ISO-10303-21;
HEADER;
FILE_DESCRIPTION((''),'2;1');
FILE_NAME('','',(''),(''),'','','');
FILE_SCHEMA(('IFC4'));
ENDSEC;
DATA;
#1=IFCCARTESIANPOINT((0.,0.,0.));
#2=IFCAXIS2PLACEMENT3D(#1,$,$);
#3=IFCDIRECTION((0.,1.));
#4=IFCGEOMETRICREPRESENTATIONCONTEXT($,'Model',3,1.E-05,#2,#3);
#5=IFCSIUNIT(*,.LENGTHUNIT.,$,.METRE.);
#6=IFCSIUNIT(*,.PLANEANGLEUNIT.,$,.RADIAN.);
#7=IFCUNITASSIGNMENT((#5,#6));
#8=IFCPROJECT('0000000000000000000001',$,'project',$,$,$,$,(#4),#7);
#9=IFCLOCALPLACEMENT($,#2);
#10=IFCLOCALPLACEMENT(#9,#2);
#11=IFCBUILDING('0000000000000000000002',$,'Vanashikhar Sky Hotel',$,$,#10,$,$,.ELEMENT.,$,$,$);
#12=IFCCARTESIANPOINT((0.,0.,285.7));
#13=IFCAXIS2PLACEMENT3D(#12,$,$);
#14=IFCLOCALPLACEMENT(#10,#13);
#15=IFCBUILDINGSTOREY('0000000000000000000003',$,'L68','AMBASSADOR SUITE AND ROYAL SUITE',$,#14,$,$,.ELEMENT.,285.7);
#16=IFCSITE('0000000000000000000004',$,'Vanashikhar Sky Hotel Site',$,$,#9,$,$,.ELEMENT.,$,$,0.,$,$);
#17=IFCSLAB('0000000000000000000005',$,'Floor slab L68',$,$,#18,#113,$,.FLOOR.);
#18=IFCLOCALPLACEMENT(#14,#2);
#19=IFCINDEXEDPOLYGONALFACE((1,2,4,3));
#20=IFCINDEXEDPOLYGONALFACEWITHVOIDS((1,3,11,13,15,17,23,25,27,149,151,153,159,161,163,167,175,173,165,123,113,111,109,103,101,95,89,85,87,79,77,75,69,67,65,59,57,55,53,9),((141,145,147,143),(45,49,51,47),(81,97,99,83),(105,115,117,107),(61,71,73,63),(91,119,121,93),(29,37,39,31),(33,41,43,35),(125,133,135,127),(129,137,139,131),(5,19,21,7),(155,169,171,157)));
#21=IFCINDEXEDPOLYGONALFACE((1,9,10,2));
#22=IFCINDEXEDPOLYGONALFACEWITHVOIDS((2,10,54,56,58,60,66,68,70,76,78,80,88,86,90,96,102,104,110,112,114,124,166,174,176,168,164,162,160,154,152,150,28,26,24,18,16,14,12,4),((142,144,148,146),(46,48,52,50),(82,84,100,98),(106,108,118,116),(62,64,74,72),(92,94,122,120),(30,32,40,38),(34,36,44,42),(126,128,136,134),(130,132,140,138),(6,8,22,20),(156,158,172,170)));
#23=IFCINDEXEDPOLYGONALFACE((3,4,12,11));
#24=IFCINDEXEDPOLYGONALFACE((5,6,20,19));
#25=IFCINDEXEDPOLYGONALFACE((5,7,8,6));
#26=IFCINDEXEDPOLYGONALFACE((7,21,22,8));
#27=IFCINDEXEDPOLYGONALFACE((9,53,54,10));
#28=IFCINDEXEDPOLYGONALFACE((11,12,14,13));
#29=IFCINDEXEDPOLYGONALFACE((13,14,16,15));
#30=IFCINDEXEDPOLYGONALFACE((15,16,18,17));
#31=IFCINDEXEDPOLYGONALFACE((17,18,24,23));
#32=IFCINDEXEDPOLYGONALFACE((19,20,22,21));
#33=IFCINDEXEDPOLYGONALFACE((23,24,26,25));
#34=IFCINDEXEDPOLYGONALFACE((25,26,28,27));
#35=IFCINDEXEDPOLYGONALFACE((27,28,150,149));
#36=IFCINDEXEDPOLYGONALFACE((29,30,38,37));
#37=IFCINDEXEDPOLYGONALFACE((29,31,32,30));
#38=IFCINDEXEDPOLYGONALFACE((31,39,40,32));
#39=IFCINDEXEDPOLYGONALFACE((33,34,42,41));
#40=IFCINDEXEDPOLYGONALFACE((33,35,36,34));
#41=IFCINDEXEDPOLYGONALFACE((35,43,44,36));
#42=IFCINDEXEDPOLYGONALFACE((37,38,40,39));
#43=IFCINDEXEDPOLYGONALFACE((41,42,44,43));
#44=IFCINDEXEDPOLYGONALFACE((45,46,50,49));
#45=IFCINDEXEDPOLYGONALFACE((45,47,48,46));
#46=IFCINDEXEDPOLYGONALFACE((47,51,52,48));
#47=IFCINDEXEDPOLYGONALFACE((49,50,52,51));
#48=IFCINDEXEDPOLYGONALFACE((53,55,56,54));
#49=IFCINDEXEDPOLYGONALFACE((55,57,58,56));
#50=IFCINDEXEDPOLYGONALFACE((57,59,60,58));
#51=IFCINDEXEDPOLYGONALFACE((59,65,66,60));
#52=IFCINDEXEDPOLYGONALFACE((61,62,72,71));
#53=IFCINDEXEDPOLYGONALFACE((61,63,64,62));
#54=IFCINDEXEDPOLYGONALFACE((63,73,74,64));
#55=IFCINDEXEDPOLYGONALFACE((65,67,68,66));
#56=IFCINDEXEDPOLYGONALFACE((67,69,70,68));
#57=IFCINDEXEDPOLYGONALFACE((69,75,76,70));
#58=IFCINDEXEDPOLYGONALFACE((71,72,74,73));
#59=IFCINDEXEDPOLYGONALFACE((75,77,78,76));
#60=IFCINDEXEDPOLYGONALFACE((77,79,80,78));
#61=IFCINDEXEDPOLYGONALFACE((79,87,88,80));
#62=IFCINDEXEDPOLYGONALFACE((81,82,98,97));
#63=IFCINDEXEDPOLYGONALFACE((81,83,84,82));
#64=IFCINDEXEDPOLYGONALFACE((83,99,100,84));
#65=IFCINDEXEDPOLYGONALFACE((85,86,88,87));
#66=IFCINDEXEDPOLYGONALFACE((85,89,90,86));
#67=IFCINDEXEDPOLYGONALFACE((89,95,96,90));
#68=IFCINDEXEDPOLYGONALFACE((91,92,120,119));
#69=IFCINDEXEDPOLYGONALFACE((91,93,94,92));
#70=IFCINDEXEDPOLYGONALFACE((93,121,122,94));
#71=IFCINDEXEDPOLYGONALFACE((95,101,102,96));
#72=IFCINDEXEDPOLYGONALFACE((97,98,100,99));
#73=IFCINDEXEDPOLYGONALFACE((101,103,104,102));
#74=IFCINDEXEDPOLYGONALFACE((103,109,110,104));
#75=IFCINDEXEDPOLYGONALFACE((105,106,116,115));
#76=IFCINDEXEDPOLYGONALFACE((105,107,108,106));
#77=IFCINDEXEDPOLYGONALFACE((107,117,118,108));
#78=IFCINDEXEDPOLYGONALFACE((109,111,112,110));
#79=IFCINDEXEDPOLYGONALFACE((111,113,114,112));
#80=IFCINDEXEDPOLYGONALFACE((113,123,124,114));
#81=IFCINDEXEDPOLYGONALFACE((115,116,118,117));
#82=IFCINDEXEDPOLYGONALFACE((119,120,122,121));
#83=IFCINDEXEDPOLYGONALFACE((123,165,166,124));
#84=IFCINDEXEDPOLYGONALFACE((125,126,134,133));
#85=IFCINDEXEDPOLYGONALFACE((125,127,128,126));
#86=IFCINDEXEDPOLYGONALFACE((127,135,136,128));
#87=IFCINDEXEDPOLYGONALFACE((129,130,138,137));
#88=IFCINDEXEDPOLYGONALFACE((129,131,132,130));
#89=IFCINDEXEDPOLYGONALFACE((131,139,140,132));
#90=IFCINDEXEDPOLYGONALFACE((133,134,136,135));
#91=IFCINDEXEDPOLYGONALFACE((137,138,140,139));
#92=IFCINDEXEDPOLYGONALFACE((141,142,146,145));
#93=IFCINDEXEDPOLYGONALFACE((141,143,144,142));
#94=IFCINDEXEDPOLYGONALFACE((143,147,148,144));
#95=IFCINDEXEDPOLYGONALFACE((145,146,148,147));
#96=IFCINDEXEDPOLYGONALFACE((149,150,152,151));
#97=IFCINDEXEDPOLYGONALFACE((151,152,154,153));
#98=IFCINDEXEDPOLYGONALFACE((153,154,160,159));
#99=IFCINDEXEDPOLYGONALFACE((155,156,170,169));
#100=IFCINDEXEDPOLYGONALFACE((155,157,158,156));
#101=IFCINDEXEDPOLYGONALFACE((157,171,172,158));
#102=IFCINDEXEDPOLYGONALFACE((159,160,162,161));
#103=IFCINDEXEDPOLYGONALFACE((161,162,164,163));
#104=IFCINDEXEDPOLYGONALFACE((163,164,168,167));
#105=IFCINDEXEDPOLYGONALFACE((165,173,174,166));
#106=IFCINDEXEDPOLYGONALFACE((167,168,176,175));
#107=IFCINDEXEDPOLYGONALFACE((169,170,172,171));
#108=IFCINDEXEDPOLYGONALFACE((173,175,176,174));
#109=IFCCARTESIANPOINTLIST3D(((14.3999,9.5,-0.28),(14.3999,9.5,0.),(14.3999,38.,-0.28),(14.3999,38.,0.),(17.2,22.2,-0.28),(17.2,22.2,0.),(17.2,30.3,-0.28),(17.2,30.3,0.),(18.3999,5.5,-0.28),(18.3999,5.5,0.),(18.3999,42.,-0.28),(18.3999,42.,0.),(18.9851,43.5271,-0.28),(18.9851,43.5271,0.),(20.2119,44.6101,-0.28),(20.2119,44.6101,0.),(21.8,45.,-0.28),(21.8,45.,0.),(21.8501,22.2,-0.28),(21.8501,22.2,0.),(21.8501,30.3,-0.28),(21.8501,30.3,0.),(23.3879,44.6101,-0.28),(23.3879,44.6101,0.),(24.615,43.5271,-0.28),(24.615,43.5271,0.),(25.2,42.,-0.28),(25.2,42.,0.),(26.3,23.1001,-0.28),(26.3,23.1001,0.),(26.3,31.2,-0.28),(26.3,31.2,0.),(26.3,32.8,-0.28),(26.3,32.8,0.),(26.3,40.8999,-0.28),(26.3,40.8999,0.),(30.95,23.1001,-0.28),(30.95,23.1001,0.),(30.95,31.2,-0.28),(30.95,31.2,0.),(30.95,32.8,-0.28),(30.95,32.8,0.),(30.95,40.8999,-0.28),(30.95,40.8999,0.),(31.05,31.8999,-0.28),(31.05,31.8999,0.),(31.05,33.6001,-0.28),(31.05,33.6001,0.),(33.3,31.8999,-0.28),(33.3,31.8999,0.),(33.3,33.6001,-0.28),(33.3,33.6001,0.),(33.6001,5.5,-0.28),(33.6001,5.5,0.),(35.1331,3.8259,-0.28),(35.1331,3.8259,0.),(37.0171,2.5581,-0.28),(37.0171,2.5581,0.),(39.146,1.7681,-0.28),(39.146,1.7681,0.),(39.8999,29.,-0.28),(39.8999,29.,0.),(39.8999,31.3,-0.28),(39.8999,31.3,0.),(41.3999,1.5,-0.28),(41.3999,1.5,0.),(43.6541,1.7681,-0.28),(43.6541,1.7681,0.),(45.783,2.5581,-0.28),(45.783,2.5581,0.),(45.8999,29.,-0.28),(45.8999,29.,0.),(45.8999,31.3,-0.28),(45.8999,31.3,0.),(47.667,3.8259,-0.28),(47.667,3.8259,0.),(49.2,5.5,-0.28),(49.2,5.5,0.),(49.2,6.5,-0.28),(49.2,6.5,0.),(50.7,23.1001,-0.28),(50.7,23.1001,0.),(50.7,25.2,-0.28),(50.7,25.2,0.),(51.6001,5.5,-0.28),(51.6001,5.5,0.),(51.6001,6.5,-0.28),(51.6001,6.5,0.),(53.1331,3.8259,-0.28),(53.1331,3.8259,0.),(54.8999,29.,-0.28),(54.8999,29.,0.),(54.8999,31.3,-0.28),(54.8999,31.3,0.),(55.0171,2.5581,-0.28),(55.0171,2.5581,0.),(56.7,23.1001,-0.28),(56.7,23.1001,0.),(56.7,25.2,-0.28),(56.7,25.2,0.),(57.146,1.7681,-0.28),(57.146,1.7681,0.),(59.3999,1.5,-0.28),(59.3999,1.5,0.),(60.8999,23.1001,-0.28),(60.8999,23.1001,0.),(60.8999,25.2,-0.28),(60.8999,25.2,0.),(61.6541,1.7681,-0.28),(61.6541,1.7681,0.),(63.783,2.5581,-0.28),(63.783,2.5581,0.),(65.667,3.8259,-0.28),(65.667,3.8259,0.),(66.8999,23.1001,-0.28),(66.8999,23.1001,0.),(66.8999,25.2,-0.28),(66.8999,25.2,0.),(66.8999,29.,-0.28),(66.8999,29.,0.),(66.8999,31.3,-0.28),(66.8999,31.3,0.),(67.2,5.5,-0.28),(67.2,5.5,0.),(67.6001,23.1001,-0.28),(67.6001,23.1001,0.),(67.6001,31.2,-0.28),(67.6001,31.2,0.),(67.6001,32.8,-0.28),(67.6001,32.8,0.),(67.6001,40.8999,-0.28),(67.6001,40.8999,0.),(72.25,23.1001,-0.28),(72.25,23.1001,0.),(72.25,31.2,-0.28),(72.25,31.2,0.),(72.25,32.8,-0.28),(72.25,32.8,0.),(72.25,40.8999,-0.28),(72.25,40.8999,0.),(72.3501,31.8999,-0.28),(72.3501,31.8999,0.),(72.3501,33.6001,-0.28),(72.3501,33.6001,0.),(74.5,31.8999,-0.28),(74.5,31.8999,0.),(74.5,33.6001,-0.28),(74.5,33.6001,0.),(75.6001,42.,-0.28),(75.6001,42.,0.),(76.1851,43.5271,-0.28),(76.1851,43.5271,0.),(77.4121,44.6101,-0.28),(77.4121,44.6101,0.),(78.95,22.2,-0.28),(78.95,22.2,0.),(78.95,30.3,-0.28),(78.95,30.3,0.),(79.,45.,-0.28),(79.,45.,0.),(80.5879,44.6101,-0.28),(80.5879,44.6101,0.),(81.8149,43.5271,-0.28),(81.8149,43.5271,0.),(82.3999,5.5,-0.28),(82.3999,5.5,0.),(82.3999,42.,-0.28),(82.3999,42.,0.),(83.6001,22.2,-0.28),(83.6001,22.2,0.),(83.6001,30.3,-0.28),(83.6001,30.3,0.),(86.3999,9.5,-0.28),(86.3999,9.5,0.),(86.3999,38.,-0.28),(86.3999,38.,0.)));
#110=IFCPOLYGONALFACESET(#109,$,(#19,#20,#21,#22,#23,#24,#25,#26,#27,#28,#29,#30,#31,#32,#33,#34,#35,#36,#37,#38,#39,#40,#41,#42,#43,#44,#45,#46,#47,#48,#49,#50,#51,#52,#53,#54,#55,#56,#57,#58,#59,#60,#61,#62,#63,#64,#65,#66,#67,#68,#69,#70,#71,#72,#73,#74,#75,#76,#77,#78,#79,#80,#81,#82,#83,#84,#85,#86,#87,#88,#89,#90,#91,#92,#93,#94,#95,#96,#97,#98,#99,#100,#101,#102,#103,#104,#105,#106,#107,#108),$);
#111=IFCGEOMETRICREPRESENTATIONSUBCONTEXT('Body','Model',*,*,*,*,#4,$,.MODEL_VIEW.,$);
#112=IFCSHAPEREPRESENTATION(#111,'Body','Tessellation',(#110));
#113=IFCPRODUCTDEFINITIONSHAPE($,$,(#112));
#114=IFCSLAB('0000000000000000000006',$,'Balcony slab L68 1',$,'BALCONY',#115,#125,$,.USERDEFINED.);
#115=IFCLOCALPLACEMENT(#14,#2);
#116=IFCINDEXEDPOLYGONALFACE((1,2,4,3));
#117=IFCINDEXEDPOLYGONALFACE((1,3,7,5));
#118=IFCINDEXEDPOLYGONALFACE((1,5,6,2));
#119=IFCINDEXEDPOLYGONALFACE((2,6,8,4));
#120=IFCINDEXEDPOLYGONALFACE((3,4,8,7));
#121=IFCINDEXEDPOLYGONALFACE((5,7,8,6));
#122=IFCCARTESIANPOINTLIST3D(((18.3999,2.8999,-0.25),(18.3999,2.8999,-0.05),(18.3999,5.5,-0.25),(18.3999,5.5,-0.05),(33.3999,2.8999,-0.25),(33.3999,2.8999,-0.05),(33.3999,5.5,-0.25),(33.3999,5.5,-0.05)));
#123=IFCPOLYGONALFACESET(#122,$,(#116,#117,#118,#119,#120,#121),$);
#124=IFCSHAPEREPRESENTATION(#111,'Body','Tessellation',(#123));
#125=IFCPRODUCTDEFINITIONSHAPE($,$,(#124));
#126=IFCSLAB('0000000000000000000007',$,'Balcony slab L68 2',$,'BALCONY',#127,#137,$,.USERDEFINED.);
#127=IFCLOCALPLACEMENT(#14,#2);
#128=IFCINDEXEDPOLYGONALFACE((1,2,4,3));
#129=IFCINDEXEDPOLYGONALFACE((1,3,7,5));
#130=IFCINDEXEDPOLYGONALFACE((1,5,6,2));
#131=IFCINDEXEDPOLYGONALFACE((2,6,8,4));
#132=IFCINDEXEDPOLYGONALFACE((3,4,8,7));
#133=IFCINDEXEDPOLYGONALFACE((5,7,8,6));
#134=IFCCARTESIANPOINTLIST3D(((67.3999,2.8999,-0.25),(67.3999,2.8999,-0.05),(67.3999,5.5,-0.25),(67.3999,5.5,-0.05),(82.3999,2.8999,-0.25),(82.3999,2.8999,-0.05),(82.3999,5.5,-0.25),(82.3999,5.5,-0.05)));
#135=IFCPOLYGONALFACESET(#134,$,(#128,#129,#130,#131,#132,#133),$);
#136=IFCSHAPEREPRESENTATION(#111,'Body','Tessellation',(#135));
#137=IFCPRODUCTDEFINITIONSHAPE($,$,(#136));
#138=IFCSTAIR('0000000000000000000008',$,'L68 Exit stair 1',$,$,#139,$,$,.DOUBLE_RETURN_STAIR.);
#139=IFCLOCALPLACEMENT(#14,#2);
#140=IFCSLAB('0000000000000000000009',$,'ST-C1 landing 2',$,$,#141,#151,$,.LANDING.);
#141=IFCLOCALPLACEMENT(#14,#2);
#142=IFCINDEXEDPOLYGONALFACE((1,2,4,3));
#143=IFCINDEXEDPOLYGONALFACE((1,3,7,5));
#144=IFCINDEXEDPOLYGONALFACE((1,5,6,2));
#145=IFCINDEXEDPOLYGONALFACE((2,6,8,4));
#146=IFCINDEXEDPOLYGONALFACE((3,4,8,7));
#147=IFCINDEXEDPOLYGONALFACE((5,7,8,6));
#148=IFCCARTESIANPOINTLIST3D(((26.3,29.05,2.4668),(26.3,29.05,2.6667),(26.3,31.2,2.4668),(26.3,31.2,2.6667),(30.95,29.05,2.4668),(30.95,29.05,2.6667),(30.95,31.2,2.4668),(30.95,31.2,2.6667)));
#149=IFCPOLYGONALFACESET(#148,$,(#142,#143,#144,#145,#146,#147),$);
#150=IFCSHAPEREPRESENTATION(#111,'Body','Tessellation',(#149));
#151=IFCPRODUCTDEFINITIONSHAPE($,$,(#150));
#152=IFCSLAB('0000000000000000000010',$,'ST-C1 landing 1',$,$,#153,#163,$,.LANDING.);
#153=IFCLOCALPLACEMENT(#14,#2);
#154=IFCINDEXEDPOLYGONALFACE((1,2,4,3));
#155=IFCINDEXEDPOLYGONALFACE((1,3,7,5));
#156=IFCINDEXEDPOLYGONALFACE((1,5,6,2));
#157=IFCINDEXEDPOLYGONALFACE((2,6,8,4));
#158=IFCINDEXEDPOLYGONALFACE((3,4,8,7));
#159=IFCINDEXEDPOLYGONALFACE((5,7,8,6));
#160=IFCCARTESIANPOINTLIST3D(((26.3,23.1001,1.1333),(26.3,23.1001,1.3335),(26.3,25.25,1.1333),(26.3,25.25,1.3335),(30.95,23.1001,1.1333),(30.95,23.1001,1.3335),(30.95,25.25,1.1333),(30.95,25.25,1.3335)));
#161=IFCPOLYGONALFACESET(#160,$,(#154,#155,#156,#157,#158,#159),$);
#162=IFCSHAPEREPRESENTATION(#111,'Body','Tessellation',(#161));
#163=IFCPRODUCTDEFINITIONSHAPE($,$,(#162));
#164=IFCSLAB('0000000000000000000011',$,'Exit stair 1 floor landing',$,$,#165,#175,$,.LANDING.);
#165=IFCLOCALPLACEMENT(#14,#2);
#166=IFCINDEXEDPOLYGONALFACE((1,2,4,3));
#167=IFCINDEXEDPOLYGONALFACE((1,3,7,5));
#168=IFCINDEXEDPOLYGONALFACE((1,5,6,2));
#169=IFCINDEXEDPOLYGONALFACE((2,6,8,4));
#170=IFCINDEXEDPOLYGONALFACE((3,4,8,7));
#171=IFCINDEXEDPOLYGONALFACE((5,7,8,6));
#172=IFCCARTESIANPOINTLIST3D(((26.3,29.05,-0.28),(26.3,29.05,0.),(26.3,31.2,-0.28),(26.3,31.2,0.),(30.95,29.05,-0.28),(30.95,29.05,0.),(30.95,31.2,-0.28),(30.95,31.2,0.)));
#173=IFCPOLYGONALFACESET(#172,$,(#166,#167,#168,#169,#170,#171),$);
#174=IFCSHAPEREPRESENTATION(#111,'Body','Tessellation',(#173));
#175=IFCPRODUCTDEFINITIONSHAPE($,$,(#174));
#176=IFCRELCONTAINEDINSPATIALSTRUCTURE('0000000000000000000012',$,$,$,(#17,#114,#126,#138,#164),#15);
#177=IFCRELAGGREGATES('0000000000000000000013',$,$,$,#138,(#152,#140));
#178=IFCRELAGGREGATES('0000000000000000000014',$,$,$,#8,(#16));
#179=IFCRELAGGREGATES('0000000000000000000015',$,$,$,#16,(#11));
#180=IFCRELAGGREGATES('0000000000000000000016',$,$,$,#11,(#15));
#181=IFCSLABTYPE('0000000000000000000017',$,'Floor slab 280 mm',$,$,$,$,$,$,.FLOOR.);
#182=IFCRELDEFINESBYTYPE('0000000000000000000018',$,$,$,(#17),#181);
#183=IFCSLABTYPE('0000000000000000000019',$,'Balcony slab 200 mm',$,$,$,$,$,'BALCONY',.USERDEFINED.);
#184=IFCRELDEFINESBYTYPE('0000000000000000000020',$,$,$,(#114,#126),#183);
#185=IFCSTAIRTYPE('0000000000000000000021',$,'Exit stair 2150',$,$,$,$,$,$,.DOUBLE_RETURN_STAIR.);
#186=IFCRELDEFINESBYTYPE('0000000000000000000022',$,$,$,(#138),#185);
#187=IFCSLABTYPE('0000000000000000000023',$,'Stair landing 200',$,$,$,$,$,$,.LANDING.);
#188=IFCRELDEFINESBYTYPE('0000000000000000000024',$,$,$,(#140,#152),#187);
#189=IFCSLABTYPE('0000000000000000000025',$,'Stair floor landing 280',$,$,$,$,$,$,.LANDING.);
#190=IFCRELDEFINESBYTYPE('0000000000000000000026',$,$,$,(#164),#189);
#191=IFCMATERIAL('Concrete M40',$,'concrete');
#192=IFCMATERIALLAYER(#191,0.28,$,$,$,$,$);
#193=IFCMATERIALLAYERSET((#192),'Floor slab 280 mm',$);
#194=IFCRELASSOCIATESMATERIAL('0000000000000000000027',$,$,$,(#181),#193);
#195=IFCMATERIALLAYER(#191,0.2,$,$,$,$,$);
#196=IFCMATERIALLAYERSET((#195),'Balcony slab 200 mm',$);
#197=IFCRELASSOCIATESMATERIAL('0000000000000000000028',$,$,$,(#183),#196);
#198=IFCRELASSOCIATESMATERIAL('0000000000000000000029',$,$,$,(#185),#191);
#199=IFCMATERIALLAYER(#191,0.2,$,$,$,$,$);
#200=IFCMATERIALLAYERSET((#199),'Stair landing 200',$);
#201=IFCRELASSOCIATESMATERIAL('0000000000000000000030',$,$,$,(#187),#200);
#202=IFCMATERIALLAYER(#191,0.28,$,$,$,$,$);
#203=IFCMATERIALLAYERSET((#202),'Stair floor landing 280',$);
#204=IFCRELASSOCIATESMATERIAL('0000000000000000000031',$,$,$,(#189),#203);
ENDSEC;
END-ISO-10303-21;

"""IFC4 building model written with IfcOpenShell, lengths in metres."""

from ifc_helpers import new_model, si_unit, direction, frame, origin, place, context, subcontext, project, spatial, polyline, outline, extrude, source, transform, mapped, material, layer, layer_set, type_object, element, aggregate, save


model = new_model("IFC4")

# Units and contexts
model_context = context("Model", 3, precision=1e-05, world=origin(), true_north=direction((0.0, 1.0)))
body_context = subcontext(model_context, "Body", "Model", "MODEL_VIEW")
ifc_project = project(units=[si_unit("LENGTHUNIT", "METRE"), si_unit("PLANEANGLEUNIT", "RADIAN")], contexts=[model_context])

# Site, building, storey
site_placement = place(None, origin())
site = spatial("IfcSite", under=ifc_project, at=site_placement, Name="Vanashikhar Sky Hotel Site", CompositionType="ELEMENT", RefElevation=0.0)
building_placement = place(site_placement, origin())
building = spatial("IfcBuilding", under=site, at=building_placement, Name="Vanashikhar Sky Hotel", CompositionType="ELEMENT")
storey_placement = place(building_placement, frame((0.0, 0.0, 285.7)))
storey = spatial("IfcBuildingStorey", under=building, at=storey_placement, Name="L68", Description="AMBASSADOR SUITE AND ROYAL SUITE", CompositionType="ELEMENT", Elevation=285.7)

# Slabs
ifc_material = material(Name="Concrete M40", Category="concrete")
ifc_layer_1 = layer(ifc_material, 0.28)
ifc_layer_set_1 = layer_set([ifc_layer_1], Name="Floor slab 280 mm")
slab_type_1 = type_object("IfcSlabType", Name="Floor slab 280 mm", PredefinedType="FLOOR", material=ifc_layer_set_1)
shared_shape_1 = source(origin(), body_context, "Body", "SweptSolid", [
    extrude(outline(polyline([(49.2, 5.5), (49.2, 6.5), (51.6001, 6.5), (51.6001, 5.5), (53.1331, 3.8259), (55.0171, 2.5581), (57.146, 1.7681), (59.3999, 1.5), (61.6541, 1.7681), (63.783, 2.5581), (65.667, 3.8259), (67.2, 5.5), (82.3999, 5.5), (86.3999, 9.5), (86.3999, 38.0), (82.3999, 42.0), (81.8149, 43.5271), (80.5879, 44.6101), (79.0, 45.0), (77.4121, 44.6101), (76.1851, 43.5271), (75.6001, 42.0), (25.2, 42.0), (24.615, 43.5271), (23.3879, 44.6101), (21.8, 45.0), (20.2119, 44.6101), (18.9851, 43.5271), (18.3999, 42.0), (14.3999, 38.0), (14.3999, 9.5), (18.3999, 5.5), (33.6001, 5.5), (35.1331, 3.8259), (37.0171, 2.5581), (39.146, 1.7681), (41.3999, 1.5), (43.6541, 1.7681), (45.783, 2.5581), (47.667, 3.8259), (49.2, 5.5)]), holes=[polyline([(33.3, 33.6001), (31.05, 33.6001), (31.05, 31.8999), (33.3, 31.8999), (33.3, 33.6001)]), polyline([(39.8999, 31.3), (39.8999, 29.0), (45.8999, 29.0), (45.8999, 31.3), (39.8999, 31.3)]), polyline([(50.7, 25.2), (50.7, 23.1001), (56.7, 23.1001), (56.7, 25.2), (50.7, 25.2)]), polyline([(66.8999, 29.0), (66.8999, 31.3), (54.8999, 31.3), (54.8999, 29.0), (66.8999, 29.0)]), polyline([(60.8999, 25.2), (60.8999, 23.1001), (66.8999, 23.1001), (66.8999, 25.2), (60.8999, 25.2)]), polyline([(74.5, 33.6001), (72.3501, 33.6001), (72.3501, 31.8999), (74.5, 31.8999), (74.5, 33.6001)]), polyline([(30.95, 23.1001), (30.95, 31.2), (26.3, 31.2), (26.3, 23.1001), (30.95, 23.1001)]), polyline([(72.25, 23.1001), (72.25, 31.2), (67.6001, 31.2), (67.6001, 23.1001), (72.25, 23.1001)]), polyline([(30.95, 32.8), (30.95, 40.8999), (26.3, 40.8999), (26.3, 32.8), (30.95, 32.8)]), polyline([(72.25, 32.8), (72.25, 40.8999), (67.6001, 40.8999), (67.6001, 32.8), (72.25, 32.8)]), polyline([(83.6001, 22.2), (83.6001, 30.3), (78.95, 30.3), (78.95, 22.2), (83.6001, 22.2)]), polyline([(21.8501, 22.2), (21.8501, 30.3), (17.2, 30.3), (17.2, 22.2), (21.8501, 22.2)])]), origin(), (0.0, 0.0, 1.0), 0.28),
])
slab_1_placement = place(storey_placement, frame((0.0, 0.0, -0.28)))
element("IfcSlab", 1, at=slab_1_placement, inside=storey, type_object=slab_type_1, Name="Floor slab L68", PredefinedType="FLOOR", context=body_context, shape_type="MappedRepresentation", body=[
    mapped(shared_shape_1, transform((0.0, 0.0, 0.0), scale=1.0)),
])
ifc_layer_2 = layer(ifc_material, 0.2)
ifc_layer_set_2 = layer_set([ifc_layer_2], Name="Balcony slab 200 mm")
slab_type_2 = type_object("IfcSlabType", Name="Balcony slab 200 mm", ElementType="BALCONY", PredefinedType="USERDEFINED", material=ifc_layer_set_2)
shared_shape_2 = source(origin(), body_context, "Body", "SweptSolid", [
    extrude(outline(polyline([(18.3999, 2.8999), (33.3999, 2.8999), (33.3999, 5.5), (18.3999, 5.5), (18.3999, 2.8999)])), origin(), (0.0, 0.0, 1.0), 0.2),
])
slab_2_placement = place(storey_placement, frame((0.0, 0.0, -0.25)))
element("IfcSlab", 2, at=slab_2_placement, inside=storey, type_object=slab_type_2, Name="Balcony slab L68 1", ObjectType="BALCONY", PredefinedType="USERDEFINED", context=body_context, shape_type="MappedRepresentation", body=[
    mapped(shared_shape_2, transform((0.0, 0.0, 0.0), scale=1.0)),
])
shared_shape_3 = source(origin(), body_context, "Body", "SweptSolid", [
    extrude(outline(polyline([(67.3999, 2.8999), (82.3999, 2.8999), (82.3999, 5.5), (67.3999, 5.5), (67.3999, 2.8999)])), origin(), (0.0, 0.0, 1.0), 0.2),
])
slab_3_placement = place(storey_placement, frame((0.0, 0.0, -0.25)))
element("IfcSlab", 3, at=slab_3_placement, inside=storey, type_object=slab_type_2, Name="Balcony slab L68 2", ObjectType="BALCONY", PredefinedType="USERDEFINED", context=body_context, shape_type="MappedRepresentation", body=[
    mapped(shared_shape_3, transform((0.0, 0.0, 0.0), scale=1.0)),
])

# Stair, slabs
stair_type = type_object("IfcStairType", Name="Exit stair 2150", PredefinedType="DOUBLE_RETURN_STAIR", material=ifc_material)
stair_1_placement = place(storey_placement, origin())
stair_1 = element("IfcStair", 4, at=stair_1_placement, inside=storey, type_object=stair_type, Name="L68 Exit stair 1", PredefinedType="DOUBLE_RETURN_STAIR")
ifc_layer_3 = layer(ifc_material, 0.2)
ifc_layer_set_3 = layer_set([ifc_layer_3], Name="Stair landing 200")
slab_type_3 = type_object("IfcSlabType", Name="Stair landing 200", PredefinedType="LANDING", material=ifc_layer_set_3)
shared_shape_4 = source(origin(), body_context, "Body", "SweptSolid", [
    extrude(outline(polyline([(30.95, 29.05), (30.95, 31.2), (26.3, 31.2), (26.3, 29.05), (30.95, 29.05)])), origin(), (0.0, 0.0, 1.0), 0.2),
])
slab_4_placement = place(storey_placement, frame((0.0, 0.0, 2.4668)))
slab_4 = element("IfcSlab", 5, at=slab_4_placement, type_object=slab_type_3, Name="ST-C1 landing 2", PredefinedType="LANDING", context=body_context, shape_type="MappedRepresentation", body=[
    mapped(shared_shape_4, transform((0.0, 0.0, 0.0), scale=1.0)),
])
shared_shape_5 = source(origin(), body_context, "Body", "SweptSolid", [
    extrude(outline(polyline([(30.95, 23.1001), (30.95, 25.25), (26.3, 25.25), (26.3, 23.1001), (30.95, 23.1001)])), origin(), (0.0, 0.0, 1.0), 0.2002),
])
slab_5_placement = place(storey_placement, frame((0.0, 0.0, 1.1333)))
slab_5 = element("IfcSlab", 6, at=slab_5_placement, type_object=slab_type_3, Name="ST-C1 landing 1", PredefinedType="LANDING", context=body_context, shape_type="MappedRepresentation", body=[
    mapped(shared_shape_5, transform((0.0, 0.0, 0.0), scale=1.0)),
])
aggregate(stair_1, [slab_5, slab_4])

# Slab
ifc_layer_4 = layer(ifc_material, 0.28)
ifc_layer_set_4 = layer_set([ifc_layer_4], Name="Stair floor landing 280")
slab_type_4 = type_object("IfcSlabType", Name="Stair floor landing 280", PredefinedType="LANDING", material=ifc_layer_set_4)
shared_shape_6 = source(origin(), body_context, "Body", "SweptSolid", [
    extrude(outline(polyline([(30.95, 29.05), (30.95, 31.2), (26.3, 31.2), (26.3, 29.05), (30.95, 29.05)])), origin(), (0.0, 0.0, 1.0), 0.28),
])
slab_6_placement = place(storey_placement, frame((0.0, 0.0, -0.28)))
element("IfcSlab", 7, at=slab_6_placement, inside=storey, type_object=slab_type_4, Name="Exit stair 1 floor landing", PredefinedType="LANDING", context=body_context, shape_type="MappedRepresentation", body=[
    mapped(shared_shape_6, transform((0.0, 0.0, 0.0), scale=1.0)),
])

save(model, "model.ifc")
